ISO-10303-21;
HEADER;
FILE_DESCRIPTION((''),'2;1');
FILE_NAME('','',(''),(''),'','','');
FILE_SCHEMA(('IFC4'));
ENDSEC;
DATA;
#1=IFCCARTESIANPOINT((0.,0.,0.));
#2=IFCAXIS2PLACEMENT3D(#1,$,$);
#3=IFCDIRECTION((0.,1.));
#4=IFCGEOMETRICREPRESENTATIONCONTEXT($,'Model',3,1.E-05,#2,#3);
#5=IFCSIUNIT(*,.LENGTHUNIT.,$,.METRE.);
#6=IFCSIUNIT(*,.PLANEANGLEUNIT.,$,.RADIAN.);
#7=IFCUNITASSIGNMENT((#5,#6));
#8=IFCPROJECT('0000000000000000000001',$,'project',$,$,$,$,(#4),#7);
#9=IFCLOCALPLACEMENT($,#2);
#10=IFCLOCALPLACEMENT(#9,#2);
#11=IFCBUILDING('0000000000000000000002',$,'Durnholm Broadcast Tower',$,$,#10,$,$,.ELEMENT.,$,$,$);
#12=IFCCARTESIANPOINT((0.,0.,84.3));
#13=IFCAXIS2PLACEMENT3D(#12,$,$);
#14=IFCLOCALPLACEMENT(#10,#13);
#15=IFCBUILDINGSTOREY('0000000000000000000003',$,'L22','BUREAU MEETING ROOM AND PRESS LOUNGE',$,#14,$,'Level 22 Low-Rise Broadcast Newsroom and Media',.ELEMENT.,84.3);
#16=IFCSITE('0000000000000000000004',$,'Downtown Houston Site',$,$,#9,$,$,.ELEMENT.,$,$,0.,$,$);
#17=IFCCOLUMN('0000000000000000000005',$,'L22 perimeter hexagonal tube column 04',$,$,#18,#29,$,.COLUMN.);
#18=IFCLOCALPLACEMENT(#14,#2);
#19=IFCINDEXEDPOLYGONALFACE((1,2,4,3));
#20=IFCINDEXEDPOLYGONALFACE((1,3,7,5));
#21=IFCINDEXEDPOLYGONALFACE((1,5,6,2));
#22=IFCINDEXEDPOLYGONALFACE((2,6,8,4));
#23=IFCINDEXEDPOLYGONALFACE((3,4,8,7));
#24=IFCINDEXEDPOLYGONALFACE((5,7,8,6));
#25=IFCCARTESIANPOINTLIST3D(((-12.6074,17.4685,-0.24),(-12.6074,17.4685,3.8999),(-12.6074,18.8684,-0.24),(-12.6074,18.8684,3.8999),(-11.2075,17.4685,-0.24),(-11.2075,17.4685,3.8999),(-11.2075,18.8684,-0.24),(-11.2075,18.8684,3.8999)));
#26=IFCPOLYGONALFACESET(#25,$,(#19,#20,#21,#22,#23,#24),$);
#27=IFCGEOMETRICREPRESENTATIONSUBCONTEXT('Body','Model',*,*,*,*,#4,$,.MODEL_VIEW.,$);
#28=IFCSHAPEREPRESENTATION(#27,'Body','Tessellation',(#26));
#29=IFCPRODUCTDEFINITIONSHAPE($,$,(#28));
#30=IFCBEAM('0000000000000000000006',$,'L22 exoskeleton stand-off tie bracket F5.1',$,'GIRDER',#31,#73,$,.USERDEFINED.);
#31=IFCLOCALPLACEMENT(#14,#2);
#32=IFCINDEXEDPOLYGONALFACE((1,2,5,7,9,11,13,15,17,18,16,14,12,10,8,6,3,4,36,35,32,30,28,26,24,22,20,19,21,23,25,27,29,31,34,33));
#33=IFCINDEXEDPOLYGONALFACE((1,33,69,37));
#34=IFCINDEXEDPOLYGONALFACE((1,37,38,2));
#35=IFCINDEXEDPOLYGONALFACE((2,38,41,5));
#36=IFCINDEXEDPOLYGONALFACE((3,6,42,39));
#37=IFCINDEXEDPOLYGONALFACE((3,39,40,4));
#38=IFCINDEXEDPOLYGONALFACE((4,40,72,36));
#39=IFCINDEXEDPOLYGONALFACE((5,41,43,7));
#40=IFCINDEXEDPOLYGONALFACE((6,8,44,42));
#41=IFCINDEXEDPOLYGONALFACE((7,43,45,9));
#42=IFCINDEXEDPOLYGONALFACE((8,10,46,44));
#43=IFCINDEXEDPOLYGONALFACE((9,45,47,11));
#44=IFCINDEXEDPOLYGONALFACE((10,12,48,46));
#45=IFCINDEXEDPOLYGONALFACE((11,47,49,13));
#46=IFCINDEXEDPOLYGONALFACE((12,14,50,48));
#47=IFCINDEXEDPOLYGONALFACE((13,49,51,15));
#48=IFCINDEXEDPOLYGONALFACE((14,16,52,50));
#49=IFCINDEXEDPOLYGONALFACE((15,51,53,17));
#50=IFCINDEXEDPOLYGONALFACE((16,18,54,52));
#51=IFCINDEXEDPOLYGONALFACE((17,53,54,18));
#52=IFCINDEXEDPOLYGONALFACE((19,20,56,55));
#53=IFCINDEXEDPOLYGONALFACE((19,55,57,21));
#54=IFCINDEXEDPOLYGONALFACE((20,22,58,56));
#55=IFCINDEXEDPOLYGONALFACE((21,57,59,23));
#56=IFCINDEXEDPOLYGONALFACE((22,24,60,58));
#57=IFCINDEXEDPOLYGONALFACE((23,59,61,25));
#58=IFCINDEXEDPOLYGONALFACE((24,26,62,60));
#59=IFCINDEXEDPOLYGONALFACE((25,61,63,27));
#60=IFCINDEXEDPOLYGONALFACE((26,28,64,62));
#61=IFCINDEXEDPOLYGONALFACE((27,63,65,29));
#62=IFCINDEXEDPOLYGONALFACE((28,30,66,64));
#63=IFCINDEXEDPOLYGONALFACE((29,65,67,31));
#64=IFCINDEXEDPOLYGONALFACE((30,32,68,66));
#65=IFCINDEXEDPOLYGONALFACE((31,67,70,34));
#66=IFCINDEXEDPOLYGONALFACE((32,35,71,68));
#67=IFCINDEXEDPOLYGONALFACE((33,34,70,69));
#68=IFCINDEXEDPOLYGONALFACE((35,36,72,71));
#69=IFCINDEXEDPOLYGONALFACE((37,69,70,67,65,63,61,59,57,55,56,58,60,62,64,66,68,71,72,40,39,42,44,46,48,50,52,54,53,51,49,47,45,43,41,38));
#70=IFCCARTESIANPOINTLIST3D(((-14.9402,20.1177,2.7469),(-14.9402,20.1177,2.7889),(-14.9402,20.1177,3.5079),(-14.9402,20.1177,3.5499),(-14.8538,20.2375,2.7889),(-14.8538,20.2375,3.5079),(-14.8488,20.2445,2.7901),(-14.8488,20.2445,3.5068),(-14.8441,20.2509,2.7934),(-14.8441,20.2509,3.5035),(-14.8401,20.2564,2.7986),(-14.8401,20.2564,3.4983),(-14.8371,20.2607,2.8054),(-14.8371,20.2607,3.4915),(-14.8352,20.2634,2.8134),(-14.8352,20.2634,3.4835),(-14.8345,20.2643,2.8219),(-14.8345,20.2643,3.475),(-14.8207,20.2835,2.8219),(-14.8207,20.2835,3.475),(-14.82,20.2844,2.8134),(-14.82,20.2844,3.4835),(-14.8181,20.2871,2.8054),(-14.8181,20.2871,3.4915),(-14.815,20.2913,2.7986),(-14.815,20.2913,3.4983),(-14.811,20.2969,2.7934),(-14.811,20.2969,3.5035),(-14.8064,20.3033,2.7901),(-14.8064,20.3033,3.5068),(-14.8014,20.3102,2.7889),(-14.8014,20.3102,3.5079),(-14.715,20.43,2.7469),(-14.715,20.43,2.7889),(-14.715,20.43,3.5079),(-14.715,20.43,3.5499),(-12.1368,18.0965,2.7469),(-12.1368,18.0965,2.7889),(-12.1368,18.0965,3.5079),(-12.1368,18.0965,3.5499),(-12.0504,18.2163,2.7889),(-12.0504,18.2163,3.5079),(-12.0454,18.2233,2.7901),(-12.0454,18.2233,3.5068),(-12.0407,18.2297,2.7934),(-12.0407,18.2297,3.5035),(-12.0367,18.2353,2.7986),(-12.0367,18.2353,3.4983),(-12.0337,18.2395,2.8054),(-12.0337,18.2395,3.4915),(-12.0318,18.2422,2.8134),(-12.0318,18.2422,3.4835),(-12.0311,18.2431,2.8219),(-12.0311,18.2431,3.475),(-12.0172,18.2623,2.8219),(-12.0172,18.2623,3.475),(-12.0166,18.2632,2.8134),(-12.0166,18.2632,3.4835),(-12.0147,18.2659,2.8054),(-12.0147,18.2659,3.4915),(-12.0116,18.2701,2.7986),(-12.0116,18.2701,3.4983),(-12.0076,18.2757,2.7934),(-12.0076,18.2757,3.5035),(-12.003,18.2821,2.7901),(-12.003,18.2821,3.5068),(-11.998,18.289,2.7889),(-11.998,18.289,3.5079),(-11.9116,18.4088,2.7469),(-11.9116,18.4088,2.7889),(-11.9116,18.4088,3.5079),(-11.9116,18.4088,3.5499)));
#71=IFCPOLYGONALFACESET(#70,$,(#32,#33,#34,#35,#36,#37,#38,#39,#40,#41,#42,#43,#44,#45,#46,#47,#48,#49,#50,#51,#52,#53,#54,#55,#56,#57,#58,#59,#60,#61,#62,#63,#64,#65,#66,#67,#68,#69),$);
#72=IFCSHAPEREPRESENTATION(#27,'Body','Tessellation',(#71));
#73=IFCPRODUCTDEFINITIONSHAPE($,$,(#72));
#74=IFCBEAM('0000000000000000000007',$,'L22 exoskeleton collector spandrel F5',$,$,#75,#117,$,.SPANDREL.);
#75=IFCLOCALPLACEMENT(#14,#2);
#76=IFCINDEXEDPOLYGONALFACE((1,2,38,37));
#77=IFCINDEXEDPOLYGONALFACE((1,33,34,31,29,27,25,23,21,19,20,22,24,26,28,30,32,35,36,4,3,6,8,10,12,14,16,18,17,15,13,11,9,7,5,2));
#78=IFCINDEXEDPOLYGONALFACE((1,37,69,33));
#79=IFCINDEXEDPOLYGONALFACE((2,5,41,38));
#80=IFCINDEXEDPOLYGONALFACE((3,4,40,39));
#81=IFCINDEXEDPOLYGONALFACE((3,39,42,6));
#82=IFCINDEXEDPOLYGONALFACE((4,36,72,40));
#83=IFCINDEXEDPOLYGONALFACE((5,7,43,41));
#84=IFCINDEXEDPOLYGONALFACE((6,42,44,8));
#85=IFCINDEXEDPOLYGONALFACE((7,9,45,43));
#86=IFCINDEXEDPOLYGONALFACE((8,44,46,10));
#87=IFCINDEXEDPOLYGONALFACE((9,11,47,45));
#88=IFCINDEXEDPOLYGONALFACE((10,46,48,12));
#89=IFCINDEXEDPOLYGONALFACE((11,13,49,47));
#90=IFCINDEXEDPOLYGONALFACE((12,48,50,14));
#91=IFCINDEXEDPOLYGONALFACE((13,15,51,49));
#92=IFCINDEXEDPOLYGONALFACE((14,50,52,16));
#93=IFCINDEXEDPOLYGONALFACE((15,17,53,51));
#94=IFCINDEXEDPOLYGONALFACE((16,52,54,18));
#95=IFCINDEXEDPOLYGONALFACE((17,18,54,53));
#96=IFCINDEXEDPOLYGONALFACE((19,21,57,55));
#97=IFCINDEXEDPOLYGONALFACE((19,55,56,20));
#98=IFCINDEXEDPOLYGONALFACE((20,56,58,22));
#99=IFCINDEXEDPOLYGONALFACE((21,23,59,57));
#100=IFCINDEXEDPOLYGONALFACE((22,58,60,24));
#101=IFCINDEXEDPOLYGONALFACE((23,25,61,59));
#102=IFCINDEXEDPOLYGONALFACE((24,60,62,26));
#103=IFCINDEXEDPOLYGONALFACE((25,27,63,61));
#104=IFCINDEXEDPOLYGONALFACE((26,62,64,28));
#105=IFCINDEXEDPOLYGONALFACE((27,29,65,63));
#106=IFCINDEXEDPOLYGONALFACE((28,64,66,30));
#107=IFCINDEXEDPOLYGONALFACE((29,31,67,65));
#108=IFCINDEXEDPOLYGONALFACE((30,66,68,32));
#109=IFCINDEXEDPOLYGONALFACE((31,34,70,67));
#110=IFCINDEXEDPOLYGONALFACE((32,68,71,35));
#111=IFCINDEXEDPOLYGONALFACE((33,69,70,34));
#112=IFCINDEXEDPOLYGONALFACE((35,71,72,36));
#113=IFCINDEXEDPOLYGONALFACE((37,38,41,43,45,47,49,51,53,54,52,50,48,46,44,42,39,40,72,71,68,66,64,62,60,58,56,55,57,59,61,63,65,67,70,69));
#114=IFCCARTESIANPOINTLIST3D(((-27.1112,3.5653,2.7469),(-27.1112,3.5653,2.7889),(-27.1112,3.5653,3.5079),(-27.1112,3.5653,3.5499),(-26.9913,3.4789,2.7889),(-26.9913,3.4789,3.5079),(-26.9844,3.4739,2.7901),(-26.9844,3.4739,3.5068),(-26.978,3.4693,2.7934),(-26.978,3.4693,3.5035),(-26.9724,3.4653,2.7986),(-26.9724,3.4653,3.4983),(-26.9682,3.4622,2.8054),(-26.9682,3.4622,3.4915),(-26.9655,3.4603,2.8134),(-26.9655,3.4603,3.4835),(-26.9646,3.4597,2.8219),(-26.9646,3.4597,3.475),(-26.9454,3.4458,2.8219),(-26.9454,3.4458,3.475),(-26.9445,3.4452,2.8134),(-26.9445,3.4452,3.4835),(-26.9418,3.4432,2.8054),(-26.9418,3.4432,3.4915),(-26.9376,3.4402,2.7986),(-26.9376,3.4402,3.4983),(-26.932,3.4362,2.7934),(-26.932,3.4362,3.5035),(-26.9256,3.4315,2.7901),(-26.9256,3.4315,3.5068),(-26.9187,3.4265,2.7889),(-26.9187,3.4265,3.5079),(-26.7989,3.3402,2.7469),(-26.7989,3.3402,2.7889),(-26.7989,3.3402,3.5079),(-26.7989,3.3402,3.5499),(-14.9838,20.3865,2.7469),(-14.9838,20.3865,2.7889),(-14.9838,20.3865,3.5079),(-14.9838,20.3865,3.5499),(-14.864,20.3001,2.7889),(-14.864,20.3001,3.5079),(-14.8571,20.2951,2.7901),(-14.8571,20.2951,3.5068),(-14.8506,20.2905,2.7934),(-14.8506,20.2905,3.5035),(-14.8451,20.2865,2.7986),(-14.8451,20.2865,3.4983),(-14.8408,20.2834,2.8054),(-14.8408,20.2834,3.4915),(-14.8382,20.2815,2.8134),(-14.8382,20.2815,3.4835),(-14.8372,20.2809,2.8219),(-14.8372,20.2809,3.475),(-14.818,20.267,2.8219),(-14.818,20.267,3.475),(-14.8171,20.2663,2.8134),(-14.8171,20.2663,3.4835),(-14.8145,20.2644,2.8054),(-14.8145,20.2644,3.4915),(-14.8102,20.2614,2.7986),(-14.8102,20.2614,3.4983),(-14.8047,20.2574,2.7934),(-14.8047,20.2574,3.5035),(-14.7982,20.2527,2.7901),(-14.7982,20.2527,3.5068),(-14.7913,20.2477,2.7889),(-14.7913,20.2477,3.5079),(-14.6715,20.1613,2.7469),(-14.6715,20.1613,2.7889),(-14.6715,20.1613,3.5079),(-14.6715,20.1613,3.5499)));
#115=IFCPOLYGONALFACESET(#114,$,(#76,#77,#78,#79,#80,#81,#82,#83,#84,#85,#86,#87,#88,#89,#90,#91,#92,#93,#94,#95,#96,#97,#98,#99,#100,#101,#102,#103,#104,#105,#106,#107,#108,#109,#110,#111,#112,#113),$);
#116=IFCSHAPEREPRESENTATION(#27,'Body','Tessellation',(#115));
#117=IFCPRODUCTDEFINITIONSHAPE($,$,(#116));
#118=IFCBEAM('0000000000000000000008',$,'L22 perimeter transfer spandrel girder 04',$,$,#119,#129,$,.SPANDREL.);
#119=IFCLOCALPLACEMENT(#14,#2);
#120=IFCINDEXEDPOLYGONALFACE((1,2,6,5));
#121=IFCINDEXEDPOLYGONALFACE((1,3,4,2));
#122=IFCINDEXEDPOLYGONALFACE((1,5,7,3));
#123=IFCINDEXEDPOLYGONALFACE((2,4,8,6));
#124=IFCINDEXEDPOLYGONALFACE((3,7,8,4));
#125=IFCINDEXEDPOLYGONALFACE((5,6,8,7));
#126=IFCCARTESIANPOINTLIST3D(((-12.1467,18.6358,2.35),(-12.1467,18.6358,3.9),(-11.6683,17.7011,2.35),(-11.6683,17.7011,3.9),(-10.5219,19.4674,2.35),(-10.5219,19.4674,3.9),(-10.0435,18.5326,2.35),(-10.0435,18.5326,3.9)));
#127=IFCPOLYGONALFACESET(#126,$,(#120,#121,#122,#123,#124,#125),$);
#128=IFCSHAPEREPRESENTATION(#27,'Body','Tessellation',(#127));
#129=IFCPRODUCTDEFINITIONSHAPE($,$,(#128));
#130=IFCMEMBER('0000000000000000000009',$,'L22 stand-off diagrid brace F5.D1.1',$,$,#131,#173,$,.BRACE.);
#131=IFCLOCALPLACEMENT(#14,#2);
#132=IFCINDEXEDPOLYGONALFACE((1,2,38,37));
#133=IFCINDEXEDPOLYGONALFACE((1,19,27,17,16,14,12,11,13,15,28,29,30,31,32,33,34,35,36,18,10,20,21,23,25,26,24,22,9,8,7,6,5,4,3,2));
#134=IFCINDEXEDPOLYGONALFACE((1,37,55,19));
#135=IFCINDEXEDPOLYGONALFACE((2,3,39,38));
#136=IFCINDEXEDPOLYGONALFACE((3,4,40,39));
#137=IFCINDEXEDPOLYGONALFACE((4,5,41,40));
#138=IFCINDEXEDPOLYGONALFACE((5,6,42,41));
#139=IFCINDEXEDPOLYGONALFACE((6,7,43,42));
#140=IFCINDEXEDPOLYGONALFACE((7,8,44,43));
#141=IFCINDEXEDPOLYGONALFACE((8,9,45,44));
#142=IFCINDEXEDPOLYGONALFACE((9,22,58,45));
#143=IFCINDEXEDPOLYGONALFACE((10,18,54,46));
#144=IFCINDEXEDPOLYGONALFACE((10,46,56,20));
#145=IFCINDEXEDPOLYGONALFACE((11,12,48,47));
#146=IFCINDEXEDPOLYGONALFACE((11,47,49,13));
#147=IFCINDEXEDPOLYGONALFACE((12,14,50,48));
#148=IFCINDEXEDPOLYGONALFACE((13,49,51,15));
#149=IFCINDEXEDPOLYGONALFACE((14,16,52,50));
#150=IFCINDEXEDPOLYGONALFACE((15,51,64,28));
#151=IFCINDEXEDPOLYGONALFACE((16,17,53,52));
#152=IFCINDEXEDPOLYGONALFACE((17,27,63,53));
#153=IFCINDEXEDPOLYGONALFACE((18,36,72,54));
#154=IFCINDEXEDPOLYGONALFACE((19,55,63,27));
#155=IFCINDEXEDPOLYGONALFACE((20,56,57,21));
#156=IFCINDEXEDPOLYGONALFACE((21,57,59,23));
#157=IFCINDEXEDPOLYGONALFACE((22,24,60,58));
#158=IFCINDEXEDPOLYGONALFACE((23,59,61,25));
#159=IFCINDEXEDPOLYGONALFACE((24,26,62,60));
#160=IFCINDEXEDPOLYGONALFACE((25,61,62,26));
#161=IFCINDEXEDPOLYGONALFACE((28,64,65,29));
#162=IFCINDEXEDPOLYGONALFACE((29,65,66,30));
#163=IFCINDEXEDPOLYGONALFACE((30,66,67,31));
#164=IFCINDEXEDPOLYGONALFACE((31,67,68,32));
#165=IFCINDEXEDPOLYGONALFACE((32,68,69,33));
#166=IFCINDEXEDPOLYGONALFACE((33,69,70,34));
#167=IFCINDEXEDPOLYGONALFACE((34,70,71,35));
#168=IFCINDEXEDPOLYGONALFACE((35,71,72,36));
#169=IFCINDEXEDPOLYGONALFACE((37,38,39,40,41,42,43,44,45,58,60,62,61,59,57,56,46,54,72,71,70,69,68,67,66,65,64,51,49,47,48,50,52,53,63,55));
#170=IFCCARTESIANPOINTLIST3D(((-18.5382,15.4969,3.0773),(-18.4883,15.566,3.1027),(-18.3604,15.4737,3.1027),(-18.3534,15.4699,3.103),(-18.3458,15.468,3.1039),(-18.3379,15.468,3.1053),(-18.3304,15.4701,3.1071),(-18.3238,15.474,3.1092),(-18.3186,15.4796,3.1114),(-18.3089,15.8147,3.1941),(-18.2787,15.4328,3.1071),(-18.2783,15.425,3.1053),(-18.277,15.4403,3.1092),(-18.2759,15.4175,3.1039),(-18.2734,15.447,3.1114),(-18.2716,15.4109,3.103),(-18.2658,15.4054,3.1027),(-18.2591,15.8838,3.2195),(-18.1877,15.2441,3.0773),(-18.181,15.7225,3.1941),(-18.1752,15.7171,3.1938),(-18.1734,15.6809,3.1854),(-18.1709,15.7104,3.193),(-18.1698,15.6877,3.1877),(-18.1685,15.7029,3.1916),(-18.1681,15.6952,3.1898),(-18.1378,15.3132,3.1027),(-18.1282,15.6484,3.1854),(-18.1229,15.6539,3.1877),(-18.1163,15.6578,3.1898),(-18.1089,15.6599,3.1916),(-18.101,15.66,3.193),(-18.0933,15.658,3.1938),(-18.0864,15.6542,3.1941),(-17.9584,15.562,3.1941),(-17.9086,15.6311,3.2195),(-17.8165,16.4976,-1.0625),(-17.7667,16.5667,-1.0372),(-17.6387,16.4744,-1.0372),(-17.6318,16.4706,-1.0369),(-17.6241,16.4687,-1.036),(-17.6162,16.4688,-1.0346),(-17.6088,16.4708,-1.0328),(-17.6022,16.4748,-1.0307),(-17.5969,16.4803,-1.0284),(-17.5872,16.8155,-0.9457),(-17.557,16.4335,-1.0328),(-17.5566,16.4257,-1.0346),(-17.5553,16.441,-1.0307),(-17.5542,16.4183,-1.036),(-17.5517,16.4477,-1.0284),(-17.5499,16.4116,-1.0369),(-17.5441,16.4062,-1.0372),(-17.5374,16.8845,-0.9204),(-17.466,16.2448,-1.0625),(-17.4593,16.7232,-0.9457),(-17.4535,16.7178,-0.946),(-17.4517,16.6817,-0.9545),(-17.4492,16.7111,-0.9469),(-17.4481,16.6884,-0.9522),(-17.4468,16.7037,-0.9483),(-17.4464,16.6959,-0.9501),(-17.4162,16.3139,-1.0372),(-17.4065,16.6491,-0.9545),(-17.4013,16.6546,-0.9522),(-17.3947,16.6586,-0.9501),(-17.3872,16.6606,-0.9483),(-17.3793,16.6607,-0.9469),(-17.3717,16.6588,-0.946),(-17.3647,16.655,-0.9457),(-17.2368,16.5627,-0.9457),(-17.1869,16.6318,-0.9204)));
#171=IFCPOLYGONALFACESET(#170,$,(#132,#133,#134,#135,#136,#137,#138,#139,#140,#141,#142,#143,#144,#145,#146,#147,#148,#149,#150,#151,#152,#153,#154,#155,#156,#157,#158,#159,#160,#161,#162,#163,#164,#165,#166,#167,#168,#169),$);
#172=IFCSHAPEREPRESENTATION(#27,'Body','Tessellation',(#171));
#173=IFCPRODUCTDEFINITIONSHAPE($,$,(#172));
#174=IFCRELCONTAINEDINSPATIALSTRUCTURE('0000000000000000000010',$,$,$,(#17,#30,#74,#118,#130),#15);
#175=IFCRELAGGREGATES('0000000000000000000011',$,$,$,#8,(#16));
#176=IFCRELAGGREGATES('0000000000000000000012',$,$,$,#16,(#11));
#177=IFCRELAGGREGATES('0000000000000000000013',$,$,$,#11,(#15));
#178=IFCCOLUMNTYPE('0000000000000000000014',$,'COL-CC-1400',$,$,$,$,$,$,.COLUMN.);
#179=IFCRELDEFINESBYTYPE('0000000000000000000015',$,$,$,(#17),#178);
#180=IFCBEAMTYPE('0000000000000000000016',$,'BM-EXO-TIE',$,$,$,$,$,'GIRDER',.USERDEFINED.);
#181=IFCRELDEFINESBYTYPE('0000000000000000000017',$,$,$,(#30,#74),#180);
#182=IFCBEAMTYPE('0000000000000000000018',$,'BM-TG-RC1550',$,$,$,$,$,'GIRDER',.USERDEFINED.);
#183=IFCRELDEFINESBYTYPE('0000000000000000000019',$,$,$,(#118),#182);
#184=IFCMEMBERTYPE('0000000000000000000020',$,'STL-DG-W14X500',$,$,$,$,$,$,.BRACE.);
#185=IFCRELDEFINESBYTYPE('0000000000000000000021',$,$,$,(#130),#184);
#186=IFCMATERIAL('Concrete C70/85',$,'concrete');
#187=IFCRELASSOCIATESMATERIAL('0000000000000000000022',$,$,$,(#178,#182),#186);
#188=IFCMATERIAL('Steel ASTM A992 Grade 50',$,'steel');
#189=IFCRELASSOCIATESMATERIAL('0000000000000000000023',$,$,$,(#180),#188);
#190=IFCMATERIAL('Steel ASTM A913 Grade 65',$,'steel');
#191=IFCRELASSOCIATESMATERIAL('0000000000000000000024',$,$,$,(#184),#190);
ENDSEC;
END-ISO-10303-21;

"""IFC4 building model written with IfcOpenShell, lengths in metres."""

from ifc_helpers import new_model, si_unit, direction, frame, origin, origin_2d, place, context, subcontext, project, spatial, rectangle, i_section, extrude, source, transform, mapped, material, material_profile, profile_set, type_object, type_shapes, element, save


model = new_model("IFC4")

# Units and contexts
model_context = context("Model", 3, precision=1e-05, world=origin(), true_north=direction((0.0, 1.0)))
body_context = subcontext(model_context, "Body", "Model", "MODEL_VIEW")
ifc_project = project(units=[si_unit("LENGTHUNIT", "METRE"), si_unit("PLANEANGLEUNIT", "RADIAN")], contexts=[model_context])

# Site, building, storey
site_placement = place(None, origin())
site = spatial("IfcSite", under=ifc_project, at=site_placement, Name="Downtown Houston Site", CompositionType="ELEMENT", RefElevation=0.0)
building_placement = place(site_placement, origin())
building = spatial("IfcBuilding", under=site, at=building_placement, Name="Durnholm Broadcast Tower", CompositionType="ELEMENT")
storey_placement = place(building_placement, frame((0.0, 0.0, 84.3)))
storey = spatial("IfcBuildingStorey", under=building, at=storey_placement, Name="L22", Description="BUREAU MEETING ROOM AND PRESS LOUNGE", LongName="Level 22 Low-Rise Broadcast Newsroom and Media", CompositionType="ELEMENT", Elevation=84.3)

# Column
ifc_material_1 = material(Name="Concrete C70/85", Category="concrete")
ifc_material_profile_1 = material_profile(ifc_material_1, rectangle(XDim=1.3999, YDim=1.3999, at=origin_2d()), Name="RC1400X1400")
ifc_profile_set_1 = profile_set([ifc_material_profile_1], Name="Concrete C70/85")
column_type = type_object("IfcColumnType", Name="COL-CC-1400", PredefinedType="COLUMN", material=ifc_profile_set_1)
shared_shape_1 = source(origin(), body_context, "Body", "SweptSolid", [
    extrude(rectangle(XDim=1.3999, YDim=1.3999, at=origin_2d()), origin(), (0.0, 0.0, 1.0), 4.1399),
])
type_shapes(column_type, [shared_shape_1])
column_placement = place(storey_placement, frame((-11.9075, 18.1685, -0.24), z_axis=(0.0, 0.0, 1.0), x_axis=(1.0, 0.0, 0.0)))
element("IfcColumn", 1, at=column_placement, inside=storey, type_object=column_type, Name="L22 perimeter hexagonal tube column 04", PredefinedType="COLUMN", context=body_context, shape_type="MappedRepresentation", body=[
    mapped(shared_shape_1, transform((0.0, 0.0, 0.0), x_axis=(1.0, 0.0, 0.0), y_axis=(0.0, 1.0, 0.0), z_axis=(0.0, 0.0, 1.0), scale=1.0)),
])

# Beams
ifc_material_2 = material(Name="Steel ASTM A992 Grade 50", Category="steel")
ifc_material_profile_2 = material_profile(ifc_material_2, i_section(OverallWidth=0.385, OverallDepth=0.803, WebThickness=0.0237, FlangeThickness=0.042, FilletRadius=0.033, at=origin_2d()), Name="W30X261")
ifc_profile_set_2 = profile_set([ifc_material_profile_2], Name="Steel ASTM A992 Grade 50")
beam_type_1 = type_object("IfcBeamType", Name="BM-EXO-TIE", ElementType="GIRDER", PredefinedType="USERDEFINED", material=ifc_profile_set_2)
shared_shape_2 = source(origin(), body_context, "Body", "SweptSolid", [
    extrude(i_section(OverallWidth=0.385, OverallDepth=0.803, WebThickness=0.0237, FlangeThickness=0.042, FilletRadius=0.033, at=origin_2d()), origin(), (0.0, 0.0, 1.0), 3.4561),
])
beam_1_placement = place(storey_placement, frame((-12.0242, 18.2527, 3.1484), z_axis=(-0.811158, 0.584828, 0.0), x_axis=(-0.584828, -0.811158, 0.0)))
element("IfcBeam", 2, at=beam_1_placement, inside=storey, type_object=beam_type_1, Name="L22 exoskeleton stand-off tie bracket F5.1", ObjectType="GIRDER", PredefinedType="USERDEFINED", context=body_context, shape_type="MappedRepresentation", body=[
    mapped(shared_shape_2, transform((0.0, 0.0, 0.0), x_axis=(1.0, 0.0, 0.0), y_axis=(0.0, 1.0, 0.0), z_axis=(0.0, 0.0, 1.0), scale=1.0)),
])
shared_shape_3 = source(origin(), body_context, "Body", "SweptSolid", [
    extrude(i_section(OverallWidth=0.385, OverallDepth=0.803, WebThickness=0.0237, FlangeThickness=0.042, FilletRadius=0.033, at=origin_2d()), origin(), (0.0, 0.0, 1.0), 20.7371),
])
type_shapes(beam_type_1, [shared_shape_2, shared_shape_3])
beam_2_placement = place(storey_placement, frame((-14.8276, 20.2739, 3.1484), z_axis=(-0.584816, -0.811166, 0.0), x_axis=(0.811166, -0.584816, 0.0)))
element("IfcBeam", 3, at=beam_2_placement, inside=storey, type_object=beam_type_1, Name="L22 exoskeleton collector spandrel F5", PredefinedType="SPANDREL", context=body_context, shape_type="MappedRepresentation", body=[
    mapped(shared_shape_3, transform((0.0, 0.0, 0.0), x_axis=(1.0, 0.0, 0.0), y_axis=(0.0, 1.0, 0.0), z_axis=(0.0, 0.0, 1.0), scale=1.0)),
])
ifc_material_profile_3 = material_profile(ifc_material_1, rectangle(XDim=1.05, YDim=1.55, at=origin_2d()), Name="RC1050X1550")
ifc_profile_set_3 = profile_set([ifc_material_profile_3], Name="Concrete C70/85")
beam_type_2 = type_object("IfcBeamType", Name="BM-TG-RC1550", ElementType="GIRDER", PredefinedType="USERDEFINED", material=ifc_profile_set_3)
shared_shape_4 = source(origin(), body_context, "Body", "SweptSolid", [
    extrude(rectangle(XDim=1.05, YDim=1.55, at=origin_2d()), origin(), (0.0, 0.0, 1.0), 1.8252),
])
type_shapes(beam_type_2, [shared_shape_4])
beam_3_placement = place(storey_placement, frame((-11.9075, 18.1685, 3.125), z_axis=(0.890188, 0.455594, 0.0), x_axis=(-0.455594, 0.890188, 0.0)))
element("IfcBeam", 4, at=beam_3_placement, inside=storey, type_object=beam_type_2, Name="L22 perimeter transfer spandrel girder 04", PredefinedType="SPANDREL", context=body_context, shape_type="MappedRepresentation", body=[
    mapped(shared_shape_4, transform((0.0, 0.0, 0.0), x_axis=(1.0, 0.0, 0.0), y_axis=(0.0, 1.0, 0.0), z_axis=(0.0, 0.0, 1.0), scale=1.0)),
])

# Member
ifc_material_3 = material(Name="Steel ASTM A913 Grade 65", Category="steel")
ifc_material_profile_4 = material_profile(ifc_material_3, i_section(OverallWidth=0.4321, OverallDepth=0.4978, WebThickness=0.0557, FlangeThickness=0.0889, FilletRadius=0.0305, at=origin_2d()), Name="W14X500")
ifc_profile_set_4 = profile_set([ifc_material_profile_4], Name="Steel ASTM A913 Grade 65")
member_type_1 = type_object("IfcMemberType", Name="STL-DG-W14X500", PredefinedType="BRACE", material=ifc_profile_set_4)
shared_shape_5 = source(origin(), body_context, "Body", "SweptSolid", [
    extrude(i_section(OverallWidth=0.4321, OverallDepth=0.4978, WebThickness=0.0557, FlangeThickness=0.0889, FilletRadius=0.0305, at=origin_2d()), origin(), (0.0, 0.0, 1.0), 4.3198),
])
type_shapes(member_type_1, [shared_shape_5])
for number, where, z_axis, x_axis, name in (
    (5, (-17.5017, 16.5647, -0.9915), (-0.167062, -0.23166, 0.958344), (0.811091, -0.58492, 0.0), "L22 stand-off diagrid brace F5.D1.1"),
):
    element("IfcMember", number, at=place(storey_placement, frame(where, z_axis=z_axis, x_axis=x_axis)), inside=storey, type_object=member_type_1, Name=name, PredefinedType="BRACE", context=body_context, shape_type="MappedRepresentation", body=[
        mapped(shared_shape_5, transform((0.0, 0.0, 0.0), x_axis=(1.0, 0.0, 0.0), y_axis=(0.0, 1.0, 0.0), z_axis=(0.0, 0.0, 1.0), scale=1.0)),
    ])

save(model, "model.ifc")
